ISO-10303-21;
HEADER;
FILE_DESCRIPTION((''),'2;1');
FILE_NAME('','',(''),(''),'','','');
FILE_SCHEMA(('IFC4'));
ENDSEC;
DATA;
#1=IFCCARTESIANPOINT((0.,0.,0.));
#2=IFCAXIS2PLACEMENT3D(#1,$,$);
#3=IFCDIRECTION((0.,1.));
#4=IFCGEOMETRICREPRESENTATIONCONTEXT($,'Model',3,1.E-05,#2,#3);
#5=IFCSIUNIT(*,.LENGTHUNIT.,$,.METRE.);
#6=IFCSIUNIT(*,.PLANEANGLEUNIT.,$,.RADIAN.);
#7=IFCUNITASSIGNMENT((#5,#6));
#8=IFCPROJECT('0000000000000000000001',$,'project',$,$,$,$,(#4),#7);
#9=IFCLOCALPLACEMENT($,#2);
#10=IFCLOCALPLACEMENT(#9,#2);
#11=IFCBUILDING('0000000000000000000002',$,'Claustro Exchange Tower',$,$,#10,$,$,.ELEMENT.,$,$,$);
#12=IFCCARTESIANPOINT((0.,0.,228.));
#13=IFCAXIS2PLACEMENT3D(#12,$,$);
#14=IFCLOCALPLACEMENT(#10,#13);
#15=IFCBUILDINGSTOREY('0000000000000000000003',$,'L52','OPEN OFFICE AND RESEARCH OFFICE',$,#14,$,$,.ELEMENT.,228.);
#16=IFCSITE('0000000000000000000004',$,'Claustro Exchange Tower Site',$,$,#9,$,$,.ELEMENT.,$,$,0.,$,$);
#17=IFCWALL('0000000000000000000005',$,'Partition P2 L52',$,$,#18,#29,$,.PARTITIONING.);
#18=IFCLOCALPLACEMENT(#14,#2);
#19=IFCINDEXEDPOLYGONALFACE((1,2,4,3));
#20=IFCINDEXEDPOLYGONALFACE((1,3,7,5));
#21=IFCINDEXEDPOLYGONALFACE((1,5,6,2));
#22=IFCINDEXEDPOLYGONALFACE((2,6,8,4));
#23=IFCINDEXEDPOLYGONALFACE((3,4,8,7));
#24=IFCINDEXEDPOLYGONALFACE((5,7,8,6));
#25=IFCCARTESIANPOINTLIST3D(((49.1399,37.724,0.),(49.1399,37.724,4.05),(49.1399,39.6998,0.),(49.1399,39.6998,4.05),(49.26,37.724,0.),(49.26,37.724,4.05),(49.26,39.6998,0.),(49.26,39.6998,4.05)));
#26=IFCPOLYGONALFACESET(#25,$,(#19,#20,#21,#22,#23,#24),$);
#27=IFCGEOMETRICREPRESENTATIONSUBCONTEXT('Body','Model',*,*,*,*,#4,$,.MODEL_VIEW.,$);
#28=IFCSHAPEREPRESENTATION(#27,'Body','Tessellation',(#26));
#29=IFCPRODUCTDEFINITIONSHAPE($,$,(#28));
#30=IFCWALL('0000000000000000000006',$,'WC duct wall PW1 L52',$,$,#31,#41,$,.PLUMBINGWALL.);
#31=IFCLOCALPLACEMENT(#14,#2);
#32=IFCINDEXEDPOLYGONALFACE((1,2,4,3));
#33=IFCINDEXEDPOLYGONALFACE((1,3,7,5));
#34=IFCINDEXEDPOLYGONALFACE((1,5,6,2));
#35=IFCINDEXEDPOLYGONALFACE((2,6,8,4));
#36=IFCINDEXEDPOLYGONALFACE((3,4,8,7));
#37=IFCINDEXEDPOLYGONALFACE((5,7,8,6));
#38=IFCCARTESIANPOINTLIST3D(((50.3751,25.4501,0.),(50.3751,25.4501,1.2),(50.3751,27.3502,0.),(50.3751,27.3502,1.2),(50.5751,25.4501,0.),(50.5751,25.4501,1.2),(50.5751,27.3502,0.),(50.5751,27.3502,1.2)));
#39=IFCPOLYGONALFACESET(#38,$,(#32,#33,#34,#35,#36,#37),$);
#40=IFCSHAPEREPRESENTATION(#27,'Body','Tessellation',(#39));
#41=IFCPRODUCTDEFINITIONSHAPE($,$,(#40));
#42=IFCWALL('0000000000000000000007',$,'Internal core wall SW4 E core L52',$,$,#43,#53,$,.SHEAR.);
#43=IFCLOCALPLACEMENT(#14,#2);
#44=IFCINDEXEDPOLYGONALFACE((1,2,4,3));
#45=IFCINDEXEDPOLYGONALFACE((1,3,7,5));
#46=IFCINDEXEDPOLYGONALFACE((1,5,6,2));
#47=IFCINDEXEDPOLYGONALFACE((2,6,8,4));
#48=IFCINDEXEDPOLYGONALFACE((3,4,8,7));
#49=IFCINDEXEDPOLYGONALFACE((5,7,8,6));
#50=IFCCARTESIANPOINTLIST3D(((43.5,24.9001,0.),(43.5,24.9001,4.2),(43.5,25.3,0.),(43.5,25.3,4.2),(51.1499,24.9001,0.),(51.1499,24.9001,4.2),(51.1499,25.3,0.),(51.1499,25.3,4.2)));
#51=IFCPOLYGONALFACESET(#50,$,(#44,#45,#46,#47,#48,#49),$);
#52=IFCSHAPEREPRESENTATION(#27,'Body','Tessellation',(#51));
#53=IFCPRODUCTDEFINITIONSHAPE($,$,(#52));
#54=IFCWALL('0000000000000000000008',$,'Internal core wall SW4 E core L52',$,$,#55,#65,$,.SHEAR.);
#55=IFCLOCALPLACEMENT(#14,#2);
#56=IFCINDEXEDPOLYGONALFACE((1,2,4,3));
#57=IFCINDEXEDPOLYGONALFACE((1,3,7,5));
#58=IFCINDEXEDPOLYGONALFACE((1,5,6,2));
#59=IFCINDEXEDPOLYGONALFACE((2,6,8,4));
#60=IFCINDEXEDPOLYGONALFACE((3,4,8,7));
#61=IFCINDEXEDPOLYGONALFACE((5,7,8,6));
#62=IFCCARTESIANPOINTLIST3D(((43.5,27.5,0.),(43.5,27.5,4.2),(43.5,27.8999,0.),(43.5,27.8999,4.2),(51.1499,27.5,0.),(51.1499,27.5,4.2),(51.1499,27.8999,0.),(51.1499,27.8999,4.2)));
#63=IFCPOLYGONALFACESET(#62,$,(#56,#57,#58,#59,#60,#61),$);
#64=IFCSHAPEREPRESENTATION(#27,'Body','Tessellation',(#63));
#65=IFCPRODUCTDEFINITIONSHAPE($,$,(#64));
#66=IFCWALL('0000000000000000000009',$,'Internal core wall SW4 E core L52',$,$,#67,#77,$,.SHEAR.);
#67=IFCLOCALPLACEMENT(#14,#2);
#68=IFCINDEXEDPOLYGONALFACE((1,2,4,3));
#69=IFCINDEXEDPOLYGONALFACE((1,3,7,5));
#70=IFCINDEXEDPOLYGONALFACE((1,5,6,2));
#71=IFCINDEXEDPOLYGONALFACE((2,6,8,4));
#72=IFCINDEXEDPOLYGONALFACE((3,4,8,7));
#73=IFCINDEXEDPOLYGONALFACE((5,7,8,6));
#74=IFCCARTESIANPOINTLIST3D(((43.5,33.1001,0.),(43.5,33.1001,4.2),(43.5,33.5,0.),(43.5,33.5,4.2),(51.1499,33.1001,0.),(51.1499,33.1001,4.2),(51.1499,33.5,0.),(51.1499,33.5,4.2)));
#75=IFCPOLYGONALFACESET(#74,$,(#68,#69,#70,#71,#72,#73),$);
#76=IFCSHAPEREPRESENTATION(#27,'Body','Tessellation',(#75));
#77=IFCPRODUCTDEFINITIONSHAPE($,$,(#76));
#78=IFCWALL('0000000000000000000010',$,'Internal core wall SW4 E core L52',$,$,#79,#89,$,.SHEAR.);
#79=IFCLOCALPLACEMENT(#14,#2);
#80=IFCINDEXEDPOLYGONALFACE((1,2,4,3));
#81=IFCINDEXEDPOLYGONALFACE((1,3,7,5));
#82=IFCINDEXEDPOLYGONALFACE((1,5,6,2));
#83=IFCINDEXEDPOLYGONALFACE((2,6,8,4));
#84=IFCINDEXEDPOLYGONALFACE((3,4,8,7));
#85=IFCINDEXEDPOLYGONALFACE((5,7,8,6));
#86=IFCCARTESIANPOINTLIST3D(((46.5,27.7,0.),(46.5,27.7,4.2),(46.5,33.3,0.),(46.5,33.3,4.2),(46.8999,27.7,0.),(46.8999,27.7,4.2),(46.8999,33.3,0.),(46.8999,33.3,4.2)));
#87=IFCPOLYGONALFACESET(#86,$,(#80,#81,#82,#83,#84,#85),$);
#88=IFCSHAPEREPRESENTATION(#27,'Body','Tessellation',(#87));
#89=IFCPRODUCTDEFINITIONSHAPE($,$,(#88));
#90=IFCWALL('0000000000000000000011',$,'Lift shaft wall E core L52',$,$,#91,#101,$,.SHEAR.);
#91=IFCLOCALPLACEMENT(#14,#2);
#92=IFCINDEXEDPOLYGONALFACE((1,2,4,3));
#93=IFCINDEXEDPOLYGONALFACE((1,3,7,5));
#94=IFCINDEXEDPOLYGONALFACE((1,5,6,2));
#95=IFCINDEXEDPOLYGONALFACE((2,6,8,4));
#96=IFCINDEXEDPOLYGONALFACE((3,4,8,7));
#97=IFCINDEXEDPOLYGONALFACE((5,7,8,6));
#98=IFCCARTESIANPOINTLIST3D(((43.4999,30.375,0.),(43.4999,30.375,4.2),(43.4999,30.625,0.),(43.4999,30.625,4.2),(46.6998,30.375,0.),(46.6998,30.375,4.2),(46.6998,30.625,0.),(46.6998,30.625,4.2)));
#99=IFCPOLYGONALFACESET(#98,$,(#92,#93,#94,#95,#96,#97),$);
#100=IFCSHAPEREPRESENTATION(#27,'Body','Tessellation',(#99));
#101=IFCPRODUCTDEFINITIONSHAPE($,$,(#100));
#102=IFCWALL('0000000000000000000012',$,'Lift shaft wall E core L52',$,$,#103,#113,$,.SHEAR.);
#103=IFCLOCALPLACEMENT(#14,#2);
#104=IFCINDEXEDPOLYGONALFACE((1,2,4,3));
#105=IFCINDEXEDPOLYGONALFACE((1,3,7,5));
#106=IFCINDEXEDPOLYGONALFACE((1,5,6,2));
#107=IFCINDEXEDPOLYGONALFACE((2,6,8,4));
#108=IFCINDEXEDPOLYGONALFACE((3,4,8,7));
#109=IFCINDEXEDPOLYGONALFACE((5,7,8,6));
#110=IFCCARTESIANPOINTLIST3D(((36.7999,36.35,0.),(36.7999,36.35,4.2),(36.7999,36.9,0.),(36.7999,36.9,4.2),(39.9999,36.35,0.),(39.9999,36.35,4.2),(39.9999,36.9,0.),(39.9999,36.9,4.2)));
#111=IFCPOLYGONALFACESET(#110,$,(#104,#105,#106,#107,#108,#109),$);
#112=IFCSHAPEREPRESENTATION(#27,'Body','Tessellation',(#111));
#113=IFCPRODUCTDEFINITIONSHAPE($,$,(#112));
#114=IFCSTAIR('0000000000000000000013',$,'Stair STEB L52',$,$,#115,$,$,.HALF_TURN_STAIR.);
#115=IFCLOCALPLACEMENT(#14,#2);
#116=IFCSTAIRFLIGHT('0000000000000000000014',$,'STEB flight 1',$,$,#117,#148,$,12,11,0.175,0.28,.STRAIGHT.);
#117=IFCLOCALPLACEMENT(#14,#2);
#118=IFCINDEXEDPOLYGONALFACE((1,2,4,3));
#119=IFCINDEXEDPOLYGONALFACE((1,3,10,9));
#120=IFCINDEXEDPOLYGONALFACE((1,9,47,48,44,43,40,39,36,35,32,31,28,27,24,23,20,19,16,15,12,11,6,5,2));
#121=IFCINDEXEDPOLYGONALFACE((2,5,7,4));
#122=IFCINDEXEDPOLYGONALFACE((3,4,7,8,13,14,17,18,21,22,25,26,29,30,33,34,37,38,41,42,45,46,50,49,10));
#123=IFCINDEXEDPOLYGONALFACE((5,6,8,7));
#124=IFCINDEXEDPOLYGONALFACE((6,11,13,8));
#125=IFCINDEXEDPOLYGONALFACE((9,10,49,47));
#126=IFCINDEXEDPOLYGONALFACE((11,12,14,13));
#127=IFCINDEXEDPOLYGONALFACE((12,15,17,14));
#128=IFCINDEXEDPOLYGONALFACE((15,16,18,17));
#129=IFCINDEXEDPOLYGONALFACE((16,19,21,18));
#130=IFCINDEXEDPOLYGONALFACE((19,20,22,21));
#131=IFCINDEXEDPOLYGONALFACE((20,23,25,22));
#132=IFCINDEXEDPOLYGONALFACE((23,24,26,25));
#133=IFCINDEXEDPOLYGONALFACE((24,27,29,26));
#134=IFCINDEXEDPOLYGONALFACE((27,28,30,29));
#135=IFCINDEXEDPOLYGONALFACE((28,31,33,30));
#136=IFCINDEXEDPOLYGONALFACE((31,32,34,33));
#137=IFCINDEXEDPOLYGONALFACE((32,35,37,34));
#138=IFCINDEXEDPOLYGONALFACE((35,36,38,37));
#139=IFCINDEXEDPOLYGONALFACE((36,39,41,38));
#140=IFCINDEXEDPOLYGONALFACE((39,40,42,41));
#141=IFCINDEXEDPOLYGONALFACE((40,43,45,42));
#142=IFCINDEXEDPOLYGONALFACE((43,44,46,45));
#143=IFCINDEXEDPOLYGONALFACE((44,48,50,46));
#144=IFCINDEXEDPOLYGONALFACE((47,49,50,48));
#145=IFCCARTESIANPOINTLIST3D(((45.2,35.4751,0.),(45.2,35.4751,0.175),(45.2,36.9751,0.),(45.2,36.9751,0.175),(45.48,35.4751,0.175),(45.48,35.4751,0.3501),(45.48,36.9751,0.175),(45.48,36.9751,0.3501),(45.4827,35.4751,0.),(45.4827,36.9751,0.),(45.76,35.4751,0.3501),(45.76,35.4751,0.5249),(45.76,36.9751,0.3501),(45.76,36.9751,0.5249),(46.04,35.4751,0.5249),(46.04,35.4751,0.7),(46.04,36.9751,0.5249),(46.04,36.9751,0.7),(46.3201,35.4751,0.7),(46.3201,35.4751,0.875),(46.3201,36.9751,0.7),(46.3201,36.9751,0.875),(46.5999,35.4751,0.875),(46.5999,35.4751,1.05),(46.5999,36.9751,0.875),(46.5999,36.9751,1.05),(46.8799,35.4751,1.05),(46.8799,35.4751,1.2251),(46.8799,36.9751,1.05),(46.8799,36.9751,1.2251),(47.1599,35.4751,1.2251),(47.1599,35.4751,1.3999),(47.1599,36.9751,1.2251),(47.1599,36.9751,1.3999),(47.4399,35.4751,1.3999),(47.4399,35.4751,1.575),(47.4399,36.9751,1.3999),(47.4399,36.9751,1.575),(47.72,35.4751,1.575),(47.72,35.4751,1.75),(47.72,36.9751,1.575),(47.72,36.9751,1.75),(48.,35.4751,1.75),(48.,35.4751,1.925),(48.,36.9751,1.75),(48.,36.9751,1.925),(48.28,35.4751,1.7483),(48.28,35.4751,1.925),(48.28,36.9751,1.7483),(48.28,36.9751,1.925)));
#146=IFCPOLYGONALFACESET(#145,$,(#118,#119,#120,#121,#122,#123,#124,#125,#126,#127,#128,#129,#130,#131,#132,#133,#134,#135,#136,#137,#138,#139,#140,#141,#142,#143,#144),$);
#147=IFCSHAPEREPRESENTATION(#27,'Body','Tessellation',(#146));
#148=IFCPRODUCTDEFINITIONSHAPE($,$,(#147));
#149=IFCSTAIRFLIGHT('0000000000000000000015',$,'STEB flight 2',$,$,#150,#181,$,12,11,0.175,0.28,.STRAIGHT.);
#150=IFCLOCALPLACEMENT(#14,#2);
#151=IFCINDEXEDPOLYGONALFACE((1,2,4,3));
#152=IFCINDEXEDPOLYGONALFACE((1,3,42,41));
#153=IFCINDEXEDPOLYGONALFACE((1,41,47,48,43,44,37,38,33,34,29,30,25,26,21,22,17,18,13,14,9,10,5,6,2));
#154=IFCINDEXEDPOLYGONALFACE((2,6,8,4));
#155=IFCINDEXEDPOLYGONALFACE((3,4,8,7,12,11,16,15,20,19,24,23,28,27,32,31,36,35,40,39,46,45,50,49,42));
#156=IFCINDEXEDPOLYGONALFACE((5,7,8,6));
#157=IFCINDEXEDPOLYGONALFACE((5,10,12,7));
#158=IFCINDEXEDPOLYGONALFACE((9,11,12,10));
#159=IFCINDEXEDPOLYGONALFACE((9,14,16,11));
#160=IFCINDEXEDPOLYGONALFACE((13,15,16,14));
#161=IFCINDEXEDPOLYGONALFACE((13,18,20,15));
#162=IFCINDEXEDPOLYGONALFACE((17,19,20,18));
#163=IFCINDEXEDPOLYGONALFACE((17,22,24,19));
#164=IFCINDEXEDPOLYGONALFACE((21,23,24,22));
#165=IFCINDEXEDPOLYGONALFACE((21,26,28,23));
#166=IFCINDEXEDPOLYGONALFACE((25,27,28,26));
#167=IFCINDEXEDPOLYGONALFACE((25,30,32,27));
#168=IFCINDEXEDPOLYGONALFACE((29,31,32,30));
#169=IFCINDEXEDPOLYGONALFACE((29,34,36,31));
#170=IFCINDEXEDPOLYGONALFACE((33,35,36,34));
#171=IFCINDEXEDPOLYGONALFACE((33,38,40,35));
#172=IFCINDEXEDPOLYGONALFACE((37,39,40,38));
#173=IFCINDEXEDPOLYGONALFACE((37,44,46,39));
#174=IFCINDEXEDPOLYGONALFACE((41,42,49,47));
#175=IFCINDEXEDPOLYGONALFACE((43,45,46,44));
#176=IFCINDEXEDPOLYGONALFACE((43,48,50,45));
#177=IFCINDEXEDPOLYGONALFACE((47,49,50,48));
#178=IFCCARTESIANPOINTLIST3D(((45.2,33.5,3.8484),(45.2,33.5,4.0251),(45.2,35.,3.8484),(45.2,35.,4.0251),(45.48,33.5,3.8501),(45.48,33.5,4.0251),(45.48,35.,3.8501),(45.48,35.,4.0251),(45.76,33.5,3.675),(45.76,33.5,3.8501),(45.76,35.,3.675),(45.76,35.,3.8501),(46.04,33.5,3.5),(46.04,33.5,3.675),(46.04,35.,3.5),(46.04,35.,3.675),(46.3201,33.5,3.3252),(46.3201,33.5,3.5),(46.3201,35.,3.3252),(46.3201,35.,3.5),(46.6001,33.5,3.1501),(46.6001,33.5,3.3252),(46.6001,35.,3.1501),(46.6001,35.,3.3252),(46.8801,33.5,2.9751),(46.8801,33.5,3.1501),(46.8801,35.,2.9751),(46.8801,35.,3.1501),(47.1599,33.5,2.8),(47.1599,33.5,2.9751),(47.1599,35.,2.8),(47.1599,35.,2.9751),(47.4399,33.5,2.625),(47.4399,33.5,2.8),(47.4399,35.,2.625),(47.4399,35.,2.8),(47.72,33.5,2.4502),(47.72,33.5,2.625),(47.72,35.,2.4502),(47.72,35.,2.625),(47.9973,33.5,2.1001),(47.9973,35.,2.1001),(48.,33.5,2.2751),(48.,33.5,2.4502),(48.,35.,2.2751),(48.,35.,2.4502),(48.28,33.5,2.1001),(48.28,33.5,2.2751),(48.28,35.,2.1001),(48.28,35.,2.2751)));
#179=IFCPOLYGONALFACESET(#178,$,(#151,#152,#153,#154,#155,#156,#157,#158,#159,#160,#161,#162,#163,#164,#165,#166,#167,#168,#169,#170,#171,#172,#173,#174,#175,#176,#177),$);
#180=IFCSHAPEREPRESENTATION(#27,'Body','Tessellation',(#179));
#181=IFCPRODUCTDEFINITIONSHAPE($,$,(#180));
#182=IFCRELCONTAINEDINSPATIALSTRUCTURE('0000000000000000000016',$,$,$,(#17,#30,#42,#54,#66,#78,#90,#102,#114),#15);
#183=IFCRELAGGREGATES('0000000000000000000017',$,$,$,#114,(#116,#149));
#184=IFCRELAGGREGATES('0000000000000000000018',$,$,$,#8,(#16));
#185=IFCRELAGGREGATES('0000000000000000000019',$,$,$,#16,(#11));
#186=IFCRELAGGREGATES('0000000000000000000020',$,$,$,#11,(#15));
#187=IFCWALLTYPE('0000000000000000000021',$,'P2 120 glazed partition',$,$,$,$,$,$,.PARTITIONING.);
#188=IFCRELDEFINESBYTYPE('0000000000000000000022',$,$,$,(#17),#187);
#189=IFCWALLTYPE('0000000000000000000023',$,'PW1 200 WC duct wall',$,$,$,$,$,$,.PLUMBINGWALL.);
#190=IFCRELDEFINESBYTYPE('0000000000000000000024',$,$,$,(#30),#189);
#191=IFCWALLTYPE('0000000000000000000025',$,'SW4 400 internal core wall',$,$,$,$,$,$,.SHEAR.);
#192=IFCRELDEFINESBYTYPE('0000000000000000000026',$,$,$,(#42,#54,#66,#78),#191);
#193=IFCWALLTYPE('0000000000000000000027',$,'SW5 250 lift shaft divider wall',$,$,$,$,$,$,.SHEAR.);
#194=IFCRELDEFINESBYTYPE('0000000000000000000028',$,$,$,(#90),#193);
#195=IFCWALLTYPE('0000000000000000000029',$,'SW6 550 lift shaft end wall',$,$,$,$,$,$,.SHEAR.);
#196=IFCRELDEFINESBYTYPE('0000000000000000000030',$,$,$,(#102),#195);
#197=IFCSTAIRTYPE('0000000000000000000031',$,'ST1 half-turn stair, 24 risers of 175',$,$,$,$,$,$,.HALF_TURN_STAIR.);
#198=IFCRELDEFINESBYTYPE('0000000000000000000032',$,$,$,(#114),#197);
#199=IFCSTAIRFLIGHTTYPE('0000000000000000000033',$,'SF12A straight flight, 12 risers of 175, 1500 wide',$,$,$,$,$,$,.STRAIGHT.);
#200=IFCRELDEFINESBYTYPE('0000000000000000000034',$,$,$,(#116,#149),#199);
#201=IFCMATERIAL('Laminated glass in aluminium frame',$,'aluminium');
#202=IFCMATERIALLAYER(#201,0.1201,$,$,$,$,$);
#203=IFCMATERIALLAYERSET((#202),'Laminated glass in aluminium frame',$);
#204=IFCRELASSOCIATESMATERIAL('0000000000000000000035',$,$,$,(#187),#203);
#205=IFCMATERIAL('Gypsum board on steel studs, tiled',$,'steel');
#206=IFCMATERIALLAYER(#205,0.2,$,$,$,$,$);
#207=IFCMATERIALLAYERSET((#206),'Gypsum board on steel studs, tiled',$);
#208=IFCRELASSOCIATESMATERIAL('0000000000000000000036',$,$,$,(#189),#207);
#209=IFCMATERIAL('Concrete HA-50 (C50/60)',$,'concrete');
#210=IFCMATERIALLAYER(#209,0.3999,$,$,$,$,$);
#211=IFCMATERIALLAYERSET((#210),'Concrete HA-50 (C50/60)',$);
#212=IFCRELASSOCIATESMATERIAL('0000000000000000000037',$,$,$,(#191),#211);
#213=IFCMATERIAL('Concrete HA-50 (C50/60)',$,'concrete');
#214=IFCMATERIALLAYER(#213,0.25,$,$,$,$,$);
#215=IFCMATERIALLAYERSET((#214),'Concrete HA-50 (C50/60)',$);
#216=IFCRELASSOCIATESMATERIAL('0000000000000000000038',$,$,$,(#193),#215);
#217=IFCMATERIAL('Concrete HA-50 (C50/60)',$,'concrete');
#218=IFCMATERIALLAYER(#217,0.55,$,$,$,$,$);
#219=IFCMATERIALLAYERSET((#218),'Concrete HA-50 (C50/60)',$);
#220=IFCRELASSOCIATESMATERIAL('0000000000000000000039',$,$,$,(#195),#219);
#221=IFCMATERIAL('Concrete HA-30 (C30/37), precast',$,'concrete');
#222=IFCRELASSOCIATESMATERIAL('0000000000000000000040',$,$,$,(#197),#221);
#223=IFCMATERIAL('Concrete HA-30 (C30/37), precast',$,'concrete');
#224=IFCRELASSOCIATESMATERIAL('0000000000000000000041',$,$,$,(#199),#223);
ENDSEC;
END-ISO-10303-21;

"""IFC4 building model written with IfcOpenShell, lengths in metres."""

from ifc_helpers import new_model, si_unit, direction, frame, frame_2d, origin, place, context, subcontext, project, spatial, polyline, rectangle, outline, extrude, material, layer, layer_set, type_object, element, aggregate, save


model = new_model("IFC4")

# Units and contexts
model_context = context("Model", 3, precision=1e-05, world=origin(), true_north=direction((0.0, 1.0)))
body_context = subcontext(model_context, "Body", "Model", "MODEL_VIEW")
ifc_project = project(units=[si_unit("LENGTHUNIT", "METRE"), si_unit("PLANEANGLEUNIT", "RADIAN")], contexts=[model_context])

# Site, building, storey
site_placement = place(None, origin())
site = spatial("IfcSite", under=ifc_project, at=site_placement, Name="Claustro Exchange Tower Site", CompositionType="ELEMENT", RefElevation=0.0)
building_placement = place(site_placement, origin())
building = spatial("IfcBuilding", under=site, at=building_placement, Name="Claustro Exchange Tower", CompositionType="ELEMENT")
storey_placement = place(building_placement, frame((0.0, 0.0, 228.0)))
storey = spatial("IfcBuildingStorey", under=building, at=storey_placement, Name="L52", Description="OPEN OFFICE AND RESEARCH OFFICE", CompositionType="ELEMENT", Elevation=228.0)

# Shared definitions
ifc_material_1 = material(Name="Laminated glass in aluminium frame", Category="aluminium")
ifc_layer_1 = layer(ifc_material_1, 0.1201)
ifc_layer_set_1 = layer_set([ifc_layer_1], Name="Laminated glass in aluminium frame")
wall_type_1 = type_object("IfcWallType", Name="P2 120 glazed partition", PredefinedType="PARTITIONING", material=ifc_layer_set_1)

# Walls
wall_1_placement = place(storey_placement, frame((49.2, 37.7241, 0.0), z_axis=(0.0, 0.0, 1.0), x_axis=(0.0, 1.0, 0.0)))
element("IfcWall", 1, at=wall_1_placement, inside=storey, type_object=wall_type_1, Name="Partition P2 L52", PredefinedType="PARTITIONING", context=body_context, shape_type="SweptSolid", body=[
    extrude(rectangle(XDim=1.9758, YDim=0.1201, at=frame_2d((0.9878, 0.0))), origin(), (0.0, 0.0, 1.0), 4.05),
])
ifc_material_2 = material(Name="Gypsum board on steel studs, tiled", Category="steel")
ifc_layer_2 = layer(ifc_material_2, 0.2)
ifc_layer_set_2 = layer_set([ifc_layer_2], Name="Gypsum board on steel studs, tiled")
wall_type_2 = type_object("IfcWallType", Name="PW1 200 WC duct wall", PredefinedType="PLUMBINGWALL", material=ifc_layer_set_2)
wall_2_placement = place(storey_placement, frame((50.4751, 25.45, 0.0), z_axis=(0.0, 0.0, 1.0), x_axis=(0.0, 1.0, 0.0)))
element("IfcWall", 2, at=wall_2_placement, inside=storey, type_object=wall_type_2, Name="WC duct wall PW1 L52", PredefinedType="PLUMBINGWALL", context=body_context, shape_type="SweptSolid", body=[
    extrude(rectangle(XDim=1.9001, YDim=0.2, at=frame_2d((0.9502, 0.0))), origin(), (0.0, 0.0, 1.0), 1.2),
])
ifc_material_3 = material(Name="Concrete HA-50 (C50/60)", Category="concrete")
ifc_layer_3 = layer(ifc_material_3, 0.3999)
ifc_layer_set_3 = layer_set([ifc_layer_3], Name="Concrete HA-50 (C50/60)")
wall_type_3 = type_object("IfcWallType", Name="SW4 400 internal core wall", PredefinedType="SHEAR", material=ifc_layer_set_3)
for number, where, z_axis, x_axis, name in (
    (3, (51.1499, 25.1001, 0.0), (0.0, 0.0, 1.0), (-1.0, 0.0, 0.0), "Internal core wall SW4 E core L52"),
    (4, (51.1499, 27.7, 0.0), (0.0, 0.0, 1.0), (-1.0, 0.0, 0.0), "Internal core wall SW4 E core L52"),
    (5, (51.1499, 33.3, 0.0), (0.0, 0.0, 1.0), (-1.0, 0.0, 0.0), "Internal core wall SW4 E core L52"),
):
    element("IfcWall", number, at=place(storey_placement, frame(where, z_axis=z_axis, x_axis=x_axis)), inside=storey, type_object=wall_type_3, Name=name, PredefinedType="SHEAR", context=body_context, shape_type="SweptSolid", body=[
        extrude(rectangle(XDim=7.6499, YDim=0.3999, at=frame_2d((3.825, 0.0))), origin(), (0.0, 0.0, 1.0), 4.2),
    ])
wall_3_placement = place(storey_placement, frame((46.7, 27.7, 0.0), z_axis=(0.0, 0.0, 1.0), x_axis=(0.0, 1.0, 0.0)))
element("IfcWall", 6, at=wall_3_placement, inside=storey, type_object=wall_type_3, Name="Internal core wall SW4 E core L52", PredefinedType="SHEAR", context=body_context, shape_type="SweptSolid", body=[
    extrude(rectangle(XDim=5.6001, YDim=0.3999, at=frame_2d((2.8, 0.0))), origin(), (0.0, 0.0, 1.0), 4.2),
])
ifc_material_4 = material(Name="Concrete HA-50 (C50/60)", Category="concrete")
ifc_layer_4 = layer(ifc_material_4, 0.25)
ifc_layer_set_4 = layer_set([ifc_layer_4], Name="Concrete HA-50 (C50/60)")
wall_type_4 = type_object("IfcWallType", Name="SW5 250 lift shaft divider wall", PredefinedType="SHEAR", material=ifc_layer_set_4)
wall_4_placement = place(storey_placement, frame((46.7, 30.5, 0.0), z_axis=(0.0, 0.0, 1.0), x_axis=(-1.0, 0.0, 0.0)))
element("IfcWall", 7, at=wall_4_placement, inside=storey, type_object=wall_type_4, Name="Lift shaft wall E core L52", PredefinedType="SHEAR", context=body_context, shape_type="SweptSolid", body=[
    extrude(rectangle(XDim=3.2, YDim=0.25, at=frame_2d((1.6001, 0.0))), origin(), (0.0, 0.0, 1.0), 4.2),
])
ifc_material_5 = material(Name="Concrete HA-50 (C50/60)", Category="concrete")
ifc_layer_5 = layer(ifc_material_5, 0.55)
ifc_layer_set_5 = layer_set([ifc_layer_5], Name="Concrete HA-50 (C50/60)")
wall_type_5 = type_object("IfcWallType", Name="SW6 550 lift shaft end wall", PredefinedType="SHEAR", material=ifc_layer_set_5)
wall_5_placement = place(storey_placement, frame((40.0, 36.625, 0.0), z_axis=(0.0, 0.0, 1.0), x_axis=(-1.0, 0.0, 0.0)))
element("IfcWall", 8, at=wall_5_placement, inside=storey, type_object=wall_type_5, Name="Lift shaft wall E core L52", PredefinedType="SHEAR", context=body_context, shape_type="SweptSolid", body=[
    extrude(rectangle(XDim=3.2, YDim=0.55, at=frame_2d((1.6001, 0.0))), origin(), (0.0, 0.0, 1.0), 4.2),
])

# Stair, stair flights
ifc_material_6 = material(Name="Concrete HA-30 (C30/37), precast", Category="concrete")
stair_type = type_object("IfcStairType", Name="ST1 half-turn stair, 24 risers of 175", PredefinedType="HALF_TURN_STAIR", material=ifc_material_6)
stair_placement = place(storey_placement, origin())
stair = element("IfcStair", 9, at=stair_placement, inside=storey, type_object=stair_type, Name="Stair STEB L52", PredefinedType="HALF_TURN_STAIR")
ifc_material_7 = material(Name="Concrete HA-30 (C30/37), precast", Category="concrete")
stair_flight_type = type_object("IfcStairFlightType", Name="SF12A straight flight, 12 risers of 175, 1500 wide", PredefinedType="STRAIGHT", material=ifc_material_7)
stair_flight_1_placement = place(storey_placement, frame((45.2, 36.2251, 0.0), z_axis=(0.0, 0.0, 1.0), x_axis=(1.0, 0.0, 0.0)))
stair_flight_1 = element("IfcStairFlight", 10, at=stair_flight_1_placement, type_object=stair_flight_type, Name="STEB flight 1", NumberOfRisers=12, NumberOfTreads=11, PredefinedType="STRAIGHT", RiserHeight=0.175, TreadLength=0.28, context=body_context, shape_type="SweptSolid", body=[
    extrude(outline(polyline([(0.0, 0.0), (0.0, 0.175), (0.28, 0.175), (0.28, 0.3501), (0.5601, 0.3501), (0.5601, 0.5249), (0.8401, 0.5249), (0.8401, 0.7), (1.1201, 0.7), (1.1201, 0.875), (1.3999, 0.875), (1.3999, 1.05), (1.6799, 1.05), (1.6799, 1.2251), (1.96, 1.2251), (1.96, 1.3999), (2.24, 1.3999), (2.24, 1.575), (2.52, 1.575), (2.52, 1.75), (2.8, 1.75), (2.8, 1.925), (3.0801, 1.925), (3.0801, 2.1001), (3.0801, 1.7483), (0.2827, 0.0), (0.0, 0.0)])), frame((0.0, 0.75, 0.0), z_axis=(0.0, -1.0, 0.0), x_axis=(1.0, 0.0, 0.0)), (0.0, 0.0, 1.0), 1.5),
])
stair_flight_2_placement = place(storey_placement, frame((48.28, 34.25, 2.1001), z_axis=(0.0, 0.0, 1.0), x_axis=(-1.0, 0.0, 0.0)))
stair_flight_2 = element("IfcStairFlight", 11, at=stair_flight_2_placement, type_object=stair_flight_type, Name="STEB flight 2", NumberOfRisers=12, NumberOfTreads=11, PredefinedType="STRAIGHT", RiserHeight=0.175, TreadLength=0.28, context=body_context, shape_type="SweptSolid", body=[
    extrude(outline(polyline([(0.0, 0.0), (0.0, 0.175), (0.28, 0.175), (0.28, 0.3501), (0.5601, 0.3501), (0.5601, 0.5249), (0.8401, 0.5249), (0.8401, 0.7), (1.1201, 0.7), (1.1201, 0.875), (1.3999, 0.875), (1.3999, 1.05), (1.6799, 1.05), (1.6799, 1.2251), (1.96, 1.2251), (1.96, 1.3999), (2.24, 1.3999), (2.24, 1.575), (2.52, 1.575), (2.52, 1.75), (2.8, 1.75), (2.8, 1.925), (3.0801, 1.925), (3.0801, 2.1001), (3.0801, 1.7483), (0.2827, 0.0), (0.0, 0.0)])), frame((0.0, 0.75, 0.0), z_axis=(0.0, -1.0, 0.0), x_axis=(1.0, 0.0, 0.0)), (0.0, 0.0, 1.0), 1.5),
])
aggregate(stair, [stair_flight_1, stair_flight_2])

save(model, "model.ifc")
